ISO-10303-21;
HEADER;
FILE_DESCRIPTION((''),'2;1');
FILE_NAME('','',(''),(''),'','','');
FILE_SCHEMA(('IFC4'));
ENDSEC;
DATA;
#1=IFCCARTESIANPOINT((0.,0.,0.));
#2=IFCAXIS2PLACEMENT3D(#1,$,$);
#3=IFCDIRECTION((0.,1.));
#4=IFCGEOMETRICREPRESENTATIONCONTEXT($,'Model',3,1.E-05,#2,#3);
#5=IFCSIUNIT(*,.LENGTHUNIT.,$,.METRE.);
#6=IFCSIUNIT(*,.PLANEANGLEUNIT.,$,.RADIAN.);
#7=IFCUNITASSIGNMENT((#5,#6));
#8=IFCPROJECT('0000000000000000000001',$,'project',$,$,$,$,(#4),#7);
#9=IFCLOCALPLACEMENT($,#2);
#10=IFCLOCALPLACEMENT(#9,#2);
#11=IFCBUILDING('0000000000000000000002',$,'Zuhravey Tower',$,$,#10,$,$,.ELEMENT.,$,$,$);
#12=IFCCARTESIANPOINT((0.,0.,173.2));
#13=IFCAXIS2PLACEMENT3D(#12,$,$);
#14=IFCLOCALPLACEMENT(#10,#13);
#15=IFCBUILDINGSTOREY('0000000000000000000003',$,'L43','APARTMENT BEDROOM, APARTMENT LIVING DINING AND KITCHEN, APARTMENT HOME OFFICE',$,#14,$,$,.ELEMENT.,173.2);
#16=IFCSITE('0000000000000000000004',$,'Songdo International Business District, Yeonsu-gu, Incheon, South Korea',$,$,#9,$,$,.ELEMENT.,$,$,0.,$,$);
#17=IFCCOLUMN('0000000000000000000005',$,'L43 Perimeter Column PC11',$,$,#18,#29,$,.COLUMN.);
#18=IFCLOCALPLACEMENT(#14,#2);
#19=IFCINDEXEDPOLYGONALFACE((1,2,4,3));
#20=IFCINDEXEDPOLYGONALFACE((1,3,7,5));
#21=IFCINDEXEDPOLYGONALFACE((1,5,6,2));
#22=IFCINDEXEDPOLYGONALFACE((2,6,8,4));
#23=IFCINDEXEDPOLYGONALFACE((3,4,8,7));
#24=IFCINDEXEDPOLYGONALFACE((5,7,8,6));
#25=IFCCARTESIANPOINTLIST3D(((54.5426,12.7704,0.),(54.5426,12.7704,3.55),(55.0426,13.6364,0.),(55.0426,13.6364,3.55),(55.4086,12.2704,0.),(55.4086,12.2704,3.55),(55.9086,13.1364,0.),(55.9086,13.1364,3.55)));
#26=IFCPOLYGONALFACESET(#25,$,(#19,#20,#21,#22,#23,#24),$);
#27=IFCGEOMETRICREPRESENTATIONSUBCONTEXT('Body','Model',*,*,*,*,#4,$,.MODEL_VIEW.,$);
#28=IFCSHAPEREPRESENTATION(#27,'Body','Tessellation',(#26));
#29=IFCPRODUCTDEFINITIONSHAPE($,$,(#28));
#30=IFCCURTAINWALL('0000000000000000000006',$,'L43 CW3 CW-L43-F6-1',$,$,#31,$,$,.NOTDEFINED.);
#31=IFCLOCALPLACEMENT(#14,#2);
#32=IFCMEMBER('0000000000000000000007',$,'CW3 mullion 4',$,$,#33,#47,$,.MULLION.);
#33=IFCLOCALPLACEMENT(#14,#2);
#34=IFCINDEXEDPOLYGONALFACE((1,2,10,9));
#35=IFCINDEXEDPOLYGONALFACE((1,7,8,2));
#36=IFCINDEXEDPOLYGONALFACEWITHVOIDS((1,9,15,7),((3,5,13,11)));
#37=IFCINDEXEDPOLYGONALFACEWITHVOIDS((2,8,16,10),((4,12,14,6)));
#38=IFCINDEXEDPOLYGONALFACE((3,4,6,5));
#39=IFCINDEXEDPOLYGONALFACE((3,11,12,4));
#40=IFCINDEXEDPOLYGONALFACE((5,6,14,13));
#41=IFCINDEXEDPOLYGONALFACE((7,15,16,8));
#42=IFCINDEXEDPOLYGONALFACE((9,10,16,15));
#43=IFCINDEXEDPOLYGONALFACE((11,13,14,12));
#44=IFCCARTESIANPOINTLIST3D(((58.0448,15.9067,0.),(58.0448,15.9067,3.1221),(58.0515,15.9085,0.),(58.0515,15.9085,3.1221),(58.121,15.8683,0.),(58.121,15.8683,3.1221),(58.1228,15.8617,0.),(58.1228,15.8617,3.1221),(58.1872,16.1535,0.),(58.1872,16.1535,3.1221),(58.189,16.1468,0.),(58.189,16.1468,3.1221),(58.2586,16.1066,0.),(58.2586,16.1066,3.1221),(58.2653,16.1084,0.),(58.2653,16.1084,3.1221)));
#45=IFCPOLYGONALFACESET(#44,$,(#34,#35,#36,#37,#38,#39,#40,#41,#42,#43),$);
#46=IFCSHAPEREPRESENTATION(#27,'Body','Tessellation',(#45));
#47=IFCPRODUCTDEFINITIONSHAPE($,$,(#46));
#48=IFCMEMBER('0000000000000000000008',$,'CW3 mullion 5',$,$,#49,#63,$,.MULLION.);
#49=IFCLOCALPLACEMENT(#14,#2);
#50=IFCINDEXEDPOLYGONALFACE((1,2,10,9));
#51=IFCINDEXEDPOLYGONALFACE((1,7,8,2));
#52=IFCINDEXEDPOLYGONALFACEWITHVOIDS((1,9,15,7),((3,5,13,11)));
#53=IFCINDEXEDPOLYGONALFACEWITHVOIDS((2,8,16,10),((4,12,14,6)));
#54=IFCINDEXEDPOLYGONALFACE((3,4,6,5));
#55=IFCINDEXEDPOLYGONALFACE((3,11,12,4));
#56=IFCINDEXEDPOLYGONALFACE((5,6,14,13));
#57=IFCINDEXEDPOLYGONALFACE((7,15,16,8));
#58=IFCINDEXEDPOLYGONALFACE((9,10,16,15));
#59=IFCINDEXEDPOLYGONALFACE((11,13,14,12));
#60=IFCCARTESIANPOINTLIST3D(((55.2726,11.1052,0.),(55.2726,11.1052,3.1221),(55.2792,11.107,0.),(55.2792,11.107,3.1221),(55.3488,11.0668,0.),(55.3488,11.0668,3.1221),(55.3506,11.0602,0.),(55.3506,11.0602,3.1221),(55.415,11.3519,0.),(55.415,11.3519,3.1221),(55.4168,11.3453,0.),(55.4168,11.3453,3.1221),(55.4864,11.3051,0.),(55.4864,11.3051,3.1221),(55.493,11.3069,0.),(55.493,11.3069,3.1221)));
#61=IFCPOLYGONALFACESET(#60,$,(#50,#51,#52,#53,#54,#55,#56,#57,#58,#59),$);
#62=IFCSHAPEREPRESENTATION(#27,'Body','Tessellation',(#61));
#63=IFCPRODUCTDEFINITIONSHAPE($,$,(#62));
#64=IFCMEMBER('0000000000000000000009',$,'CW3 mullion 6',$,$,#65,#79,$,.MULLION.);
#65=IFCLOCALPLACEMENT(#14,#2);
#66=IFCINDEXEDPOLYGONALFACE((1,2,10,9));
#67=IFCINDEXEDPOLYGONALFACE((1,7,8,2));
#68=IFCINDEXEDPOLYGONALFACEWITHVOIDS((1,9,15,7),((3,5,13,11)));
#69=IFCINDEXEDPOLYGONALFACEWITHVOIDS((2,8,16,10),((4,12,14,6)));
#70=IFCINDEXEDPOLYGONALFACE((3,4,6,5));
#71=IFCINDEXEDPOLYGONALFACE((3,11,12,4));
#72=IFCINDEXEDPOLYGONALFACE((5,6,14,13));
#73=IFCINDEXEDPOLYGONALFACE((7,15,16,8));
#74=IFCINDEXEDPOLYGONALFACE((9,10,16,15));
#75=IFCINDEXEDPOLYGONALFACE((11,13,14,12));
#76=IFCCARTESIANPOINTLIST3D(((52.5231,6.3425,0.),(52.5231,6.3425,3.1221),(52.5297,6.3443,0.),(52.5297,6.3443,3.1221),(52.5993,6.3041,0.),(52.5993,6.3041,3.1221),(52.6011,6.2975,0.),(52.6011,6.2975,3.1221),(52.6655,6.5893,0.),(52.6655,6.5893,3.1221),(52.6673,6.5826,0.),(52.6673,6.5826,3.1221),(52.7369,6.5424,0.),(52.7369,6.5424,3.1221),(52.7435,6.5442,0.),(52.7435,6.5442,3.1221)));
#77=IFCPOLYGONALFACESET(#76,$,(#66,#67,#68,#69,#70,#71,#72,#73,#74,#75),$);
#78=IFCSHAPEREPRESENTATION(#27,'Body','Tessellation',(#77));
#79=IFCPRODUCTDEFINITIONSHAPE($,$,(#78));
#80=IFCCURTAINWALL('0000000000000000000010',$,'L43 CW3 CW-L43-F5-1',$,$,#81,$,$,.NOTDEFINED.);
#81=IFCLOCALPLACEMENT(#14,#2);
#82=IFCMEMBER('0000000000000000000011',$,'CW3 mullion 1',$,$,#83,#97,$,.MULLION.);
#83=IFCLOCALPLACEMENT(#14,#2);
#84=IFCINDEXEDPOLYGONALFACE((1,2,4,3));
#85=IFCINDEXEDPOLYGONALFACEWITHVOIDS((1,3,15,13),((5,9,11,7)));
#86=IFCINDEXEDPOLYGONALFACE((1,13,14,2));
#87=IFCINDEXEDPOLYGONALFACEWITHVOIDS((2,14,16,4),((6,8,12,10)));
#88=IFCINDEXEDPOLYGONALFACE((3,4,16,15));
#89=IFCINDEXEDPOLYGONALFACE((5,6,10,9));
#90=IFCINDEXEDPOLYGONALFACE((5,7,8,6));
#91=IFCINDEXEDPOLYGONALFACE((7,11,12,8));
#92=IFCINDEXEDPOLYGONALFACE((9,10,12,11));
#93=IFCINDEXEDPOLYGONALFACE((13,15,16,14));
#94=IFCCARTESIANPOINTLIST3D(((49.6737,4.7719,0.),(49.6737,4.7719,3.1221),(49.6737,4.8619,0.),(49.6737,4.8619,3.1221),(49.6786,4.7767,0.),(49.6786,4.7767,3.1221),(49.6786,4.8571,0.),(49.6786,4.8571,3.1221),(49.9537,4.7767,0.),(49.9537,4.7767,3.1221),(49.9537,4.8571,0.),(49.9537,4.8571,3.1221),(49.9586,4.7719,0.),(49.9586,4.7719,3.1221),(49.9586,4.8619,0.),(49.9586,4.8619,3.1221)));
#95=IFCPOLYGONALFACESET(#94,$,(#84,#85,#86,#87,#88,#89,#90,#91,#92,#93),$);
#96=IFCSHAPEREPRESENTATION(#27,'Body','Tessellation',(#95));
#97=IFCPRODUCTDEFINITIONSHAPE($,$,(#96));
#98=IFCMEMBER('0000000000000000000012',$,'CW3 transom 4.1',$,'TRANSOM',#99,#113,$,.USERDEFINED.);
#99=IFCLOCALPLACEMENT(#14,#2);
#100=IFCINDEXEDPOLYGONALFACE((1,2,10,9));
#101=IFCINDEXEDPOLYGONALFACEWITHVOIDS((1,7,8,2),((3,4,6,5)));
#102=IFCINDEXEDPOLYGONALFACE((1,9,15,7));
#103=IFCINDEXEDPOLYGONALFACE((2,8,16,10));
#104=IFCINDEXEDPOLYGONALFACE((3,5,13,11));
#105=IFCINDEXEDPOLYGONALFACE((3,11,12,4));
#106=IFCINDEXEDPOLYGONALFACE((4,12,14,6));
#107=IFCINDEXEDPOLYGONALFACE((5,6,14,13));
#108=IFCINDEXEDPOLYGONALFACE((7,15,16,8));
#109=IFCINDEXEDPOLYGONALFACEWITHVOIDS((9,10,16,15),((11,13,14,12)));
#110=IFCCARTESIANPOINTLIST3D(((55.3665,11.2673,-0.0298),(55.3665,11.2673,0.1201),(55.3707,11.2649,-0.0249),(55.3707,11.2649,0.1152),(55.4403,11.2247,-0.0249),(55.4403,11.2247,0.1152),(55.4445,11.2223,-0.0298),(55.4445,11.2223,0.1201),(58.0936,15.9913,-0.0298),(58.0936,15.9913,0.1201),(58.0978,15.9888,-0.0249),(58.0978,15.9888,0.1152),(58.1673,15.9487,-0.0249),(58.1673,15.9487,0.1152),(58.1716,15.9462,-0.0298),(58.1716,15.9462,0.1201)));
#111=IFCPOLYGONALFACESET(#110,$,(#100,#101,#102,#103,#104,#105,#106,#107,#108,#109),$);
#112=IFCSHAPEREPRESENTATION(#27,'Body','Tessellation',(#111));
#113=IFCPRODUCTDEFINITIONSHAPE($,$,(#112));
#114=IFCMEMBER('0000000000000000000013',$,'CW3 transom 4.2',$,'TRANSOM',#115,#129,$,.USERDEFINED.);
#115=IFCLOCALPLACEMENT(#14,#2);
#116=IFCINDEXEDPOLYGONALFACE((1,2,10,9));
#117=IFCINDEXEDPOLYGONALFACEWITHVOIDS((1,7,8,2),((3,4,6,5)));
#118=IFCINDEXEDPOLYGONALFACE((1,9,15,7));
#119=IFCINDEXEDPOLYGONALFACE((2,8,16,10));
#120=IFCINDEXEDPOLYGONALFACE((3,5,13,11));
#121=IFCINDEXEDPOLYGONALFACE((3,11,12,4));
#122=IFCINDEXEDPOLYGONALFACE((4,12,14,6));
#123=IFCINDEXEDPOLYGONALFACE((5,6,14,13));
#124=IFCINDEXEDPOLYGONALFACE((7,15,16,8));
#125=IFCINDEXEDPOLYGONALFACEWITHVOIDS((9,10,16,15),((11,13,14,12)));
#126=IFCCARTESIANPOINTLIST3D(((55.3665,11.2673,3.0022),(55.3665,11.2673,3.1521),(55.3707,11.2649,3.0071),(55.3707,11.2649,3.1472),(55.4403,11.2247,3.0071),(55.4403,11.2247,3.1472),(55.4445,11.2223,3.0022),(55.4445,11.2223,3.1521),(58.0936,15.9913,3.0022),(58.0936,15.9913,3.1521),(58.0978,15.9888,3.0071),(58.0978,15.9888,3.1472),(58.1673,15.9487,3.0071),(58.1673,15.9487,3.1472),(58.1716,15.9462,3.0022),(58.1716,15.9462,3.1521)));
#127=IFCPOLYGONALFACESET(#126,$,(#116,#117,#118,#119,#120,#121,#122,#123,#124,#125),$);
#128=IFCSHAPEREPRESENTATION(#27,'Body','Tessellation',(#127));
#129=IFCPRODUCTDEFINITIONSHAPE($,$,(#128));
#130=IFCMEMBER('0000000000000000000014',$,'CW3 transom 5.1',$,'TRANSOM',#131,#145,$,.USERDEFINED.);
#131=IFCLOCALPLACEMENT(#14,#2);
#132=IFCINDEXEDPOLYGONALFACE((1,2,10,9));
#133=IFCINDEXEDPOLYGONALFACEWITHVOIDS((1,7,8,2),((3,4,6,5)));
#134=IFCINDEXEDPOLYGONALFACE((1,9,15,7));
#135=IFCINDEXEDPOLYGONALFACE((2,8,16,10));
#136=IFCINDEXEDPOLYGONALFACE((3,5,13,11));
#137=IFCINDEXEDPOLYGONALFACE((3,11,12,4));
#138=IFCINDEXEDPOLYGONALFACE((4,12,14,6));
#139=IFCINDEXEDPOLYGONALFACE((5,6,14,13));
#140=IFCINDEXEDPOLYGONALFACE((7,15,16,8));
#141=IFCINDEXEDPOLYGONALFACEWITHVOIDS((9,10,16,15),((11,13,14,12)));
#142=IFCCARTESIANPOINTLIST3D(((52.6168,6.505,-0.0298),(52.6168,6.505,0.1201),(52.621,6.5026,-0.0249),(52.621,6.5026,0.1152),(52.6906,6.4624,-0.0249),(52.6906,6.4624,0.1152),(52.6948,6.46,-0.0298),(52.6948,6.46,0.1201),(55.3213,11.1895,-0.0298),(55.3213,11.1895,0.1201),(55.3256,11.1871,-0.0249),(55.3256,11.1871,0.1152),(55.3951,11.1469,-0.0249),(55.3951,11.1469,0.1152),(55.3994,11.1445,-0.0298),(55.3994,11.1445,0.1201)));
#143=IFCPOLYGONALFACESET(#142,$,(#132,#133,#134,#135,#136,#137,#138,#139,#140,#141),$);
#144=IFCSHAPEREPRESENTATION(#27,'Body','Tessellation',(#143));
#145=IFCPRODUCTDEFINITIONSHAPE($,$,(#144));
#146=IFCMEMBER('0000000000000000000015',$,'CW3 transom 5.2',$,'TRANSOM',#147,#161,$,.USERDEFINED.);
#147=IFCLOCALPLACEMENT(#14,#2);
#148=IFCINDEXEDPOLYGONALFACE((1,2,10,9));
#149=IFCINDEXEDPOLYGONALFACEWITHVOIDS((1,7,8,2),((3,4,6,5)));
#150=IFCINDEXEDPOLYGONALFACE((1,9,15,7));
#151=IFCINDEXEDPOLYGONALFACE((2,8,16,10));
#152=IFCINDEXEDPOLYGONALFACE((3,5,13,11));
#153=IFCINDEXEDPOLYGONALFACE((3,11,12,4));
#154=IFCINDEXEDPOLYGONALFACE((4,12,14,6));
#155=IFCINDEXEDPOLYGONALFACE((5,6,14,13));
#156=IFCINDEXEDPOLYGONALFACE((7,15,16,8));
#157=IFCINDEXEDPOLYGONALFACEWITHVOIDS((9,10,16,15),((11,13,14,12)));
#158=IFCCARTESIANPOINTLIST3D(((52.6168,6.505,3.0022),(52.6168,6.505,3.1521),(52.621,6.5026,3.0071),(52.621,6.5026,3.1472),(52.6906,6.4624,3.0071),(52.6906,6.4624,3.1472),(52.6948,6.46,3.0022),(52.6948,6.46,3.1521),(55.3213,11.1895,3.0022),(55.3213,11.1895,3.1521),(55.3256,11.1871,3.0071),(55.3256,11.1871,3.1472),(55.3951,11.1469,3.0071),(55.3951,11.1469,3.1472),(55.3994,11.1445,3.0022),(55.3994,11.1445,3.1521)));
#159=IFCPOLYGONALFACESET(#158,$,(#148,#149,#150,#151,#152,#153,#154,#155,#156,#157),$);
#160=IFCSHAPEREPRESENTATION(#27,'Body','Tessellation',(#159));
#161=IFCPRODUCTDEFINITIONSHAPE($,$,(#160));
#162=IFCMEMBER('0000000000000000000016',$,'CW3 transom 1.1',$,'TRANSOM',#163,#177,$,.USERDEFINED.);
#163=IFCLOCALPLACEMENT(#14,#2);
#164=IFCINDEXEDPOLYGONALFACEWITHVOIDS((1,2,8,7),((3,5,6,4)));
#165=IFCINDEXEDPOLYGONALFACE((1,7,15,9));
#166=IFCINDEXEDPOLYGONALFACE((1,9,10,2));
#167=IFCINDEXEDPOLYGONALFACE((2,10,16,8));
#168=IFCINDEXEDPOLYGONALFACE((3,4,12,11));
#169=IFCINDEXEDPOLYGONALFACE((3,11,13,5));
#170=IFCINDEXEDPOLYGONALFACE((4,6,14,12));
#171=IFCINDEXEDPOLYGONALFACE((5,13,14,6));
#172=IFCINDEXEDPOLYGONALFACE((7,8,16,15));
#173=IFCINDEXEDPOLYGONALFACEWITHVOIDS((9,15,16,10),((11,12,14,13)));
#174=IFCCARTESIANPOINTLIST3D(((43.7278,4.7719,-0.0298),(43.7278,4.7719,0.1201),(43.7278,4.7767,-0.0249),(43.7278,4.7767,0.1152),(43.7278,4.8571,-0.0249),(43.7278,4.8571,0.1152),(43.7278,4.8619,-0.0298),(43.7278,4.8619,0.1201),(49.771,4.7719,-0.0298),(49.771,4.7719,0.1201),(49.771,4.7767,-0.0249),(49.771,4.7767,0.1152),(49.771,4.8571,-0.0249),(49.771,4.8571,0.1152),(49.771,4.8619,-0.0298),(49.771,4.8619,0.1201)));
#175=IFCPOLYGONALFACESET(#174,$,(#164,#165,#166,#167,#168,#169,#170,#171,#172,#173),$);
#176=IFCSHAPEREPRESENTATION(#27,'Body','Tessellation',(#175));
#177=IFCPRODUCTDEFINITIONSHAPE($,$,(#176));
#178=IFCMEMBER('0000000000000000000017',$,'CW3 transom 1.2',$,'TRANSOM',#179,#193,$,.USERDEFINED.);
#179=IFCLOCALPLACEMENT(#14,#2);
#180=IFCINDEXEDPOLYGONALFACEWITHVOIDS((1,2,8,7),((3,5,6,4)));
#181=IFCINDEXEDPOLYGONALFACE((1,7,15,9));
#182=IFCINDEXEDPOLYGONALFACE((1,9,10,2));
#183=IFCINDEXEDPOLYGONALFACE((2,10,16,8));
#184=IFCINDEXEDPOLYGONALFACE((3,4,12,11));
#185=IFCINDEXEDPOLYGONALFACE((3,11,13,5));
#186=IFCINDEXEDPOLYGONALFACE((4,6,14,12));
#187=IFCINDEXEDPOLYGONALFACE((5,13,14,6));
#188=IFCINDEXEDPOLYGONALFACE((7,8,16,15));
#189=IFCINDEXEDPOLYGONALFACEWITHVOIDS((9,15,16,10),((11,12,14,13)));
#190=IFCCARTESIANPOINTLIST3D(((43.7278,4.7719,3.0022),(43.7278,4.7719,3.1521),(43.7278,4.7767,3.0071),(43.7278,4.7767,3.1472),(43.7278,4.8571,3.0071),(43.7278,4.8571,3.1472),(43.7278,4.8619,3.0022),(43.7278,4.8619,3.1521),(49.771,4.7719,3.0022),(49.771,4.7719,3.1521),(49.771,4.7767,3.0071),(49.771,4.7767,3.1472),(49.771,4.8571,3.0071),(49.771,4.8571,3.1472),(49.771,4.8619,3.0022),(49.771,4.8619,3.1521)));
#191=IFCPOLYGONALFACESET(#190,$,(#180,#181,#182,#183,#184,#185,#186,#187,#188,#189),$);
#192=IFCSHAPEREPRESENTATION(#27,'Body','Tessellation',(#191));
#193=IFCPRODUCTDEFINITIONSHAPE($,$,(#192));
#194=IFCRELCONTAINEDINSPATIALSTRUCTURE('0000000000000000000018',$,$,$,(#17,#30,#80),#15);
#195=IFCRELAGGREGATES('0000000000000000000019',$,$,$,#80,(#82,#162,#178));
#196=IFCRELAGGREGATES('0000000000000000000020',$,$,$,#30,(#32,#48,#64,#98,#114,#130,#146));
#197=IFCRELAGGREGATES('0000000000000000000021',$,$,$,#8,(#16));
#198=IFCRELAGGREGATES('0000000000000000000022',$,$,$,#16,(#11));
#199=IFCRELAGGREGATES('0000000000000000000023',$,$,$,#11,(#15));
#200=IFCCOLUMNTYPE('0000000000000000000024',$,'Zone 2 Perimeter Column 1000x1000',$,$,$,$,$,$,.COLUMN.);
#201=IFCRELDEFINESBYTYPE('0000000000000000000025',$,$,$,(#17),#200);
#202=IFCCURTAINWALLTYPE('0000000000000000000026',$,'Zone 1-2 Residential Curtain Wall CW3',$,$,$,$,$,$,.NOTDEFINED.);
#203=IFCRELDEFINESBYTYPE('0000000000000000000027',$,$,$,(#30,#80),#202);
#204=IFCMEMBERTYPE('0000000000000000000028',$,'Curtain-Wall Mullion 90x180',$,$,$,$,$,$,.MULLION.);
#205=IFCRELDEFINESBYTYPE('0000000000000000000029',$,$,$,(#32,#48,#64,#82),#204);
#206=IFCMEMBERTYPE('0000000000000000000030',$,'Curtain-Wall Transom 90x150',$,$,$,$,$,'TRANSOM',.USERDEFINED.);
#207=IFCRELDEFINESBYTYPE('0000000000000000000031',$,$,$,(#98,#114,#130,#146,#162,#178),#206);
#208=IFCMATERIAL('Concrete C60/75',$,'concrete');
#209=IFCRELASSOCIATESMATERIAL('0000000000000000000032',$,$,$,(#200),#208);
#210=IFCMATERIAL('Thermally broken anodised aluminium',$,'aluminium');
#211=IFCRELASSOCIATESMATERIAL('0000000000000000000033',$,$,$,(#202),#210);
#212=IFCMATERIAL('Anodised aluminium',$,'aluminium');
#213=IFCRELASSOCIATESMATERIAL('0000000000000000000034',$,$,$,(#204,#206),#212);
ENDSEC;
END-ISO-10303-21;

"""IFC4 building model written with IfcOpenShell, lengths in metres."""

from ifc_helpers import new_model, si_unit, direction, frame, origin, origin_2d, place, context, subcontext, project, spatial, rectangle, hollow_rectangle, extrude, material, material_profile, profile_set, type_object, element, aggregate, save


model = new_model("IFC4")

# Units and contexts
model_context = context("Model", 3, precision=1e-05, world=origin(), true_north=direction((0.0, 1.0)))
body_context = subcontext(model_context, "Body", "Model", "MODEL_VIEW")
ifc_project = project(units=[si_unit("LENGTHUNIT", "METRE"), si_unit("PLANEANGLEUNIT", "RADIAN")], contexts=[model_context])

# Site, building, storey
site_placement = place(None, origin())
site = spatial("IfcSite", under=ifc_project, at=site_placement, Name="Songdo International Business District, Yeonsu-gu, Incheon, South Korea", CompositionType="ELEMENT", RefElevation=0.0)
building_placement = place(site_placement, origin())
building = spatial("IfcBuilding", under=site, at=building_placement, Name="Zuhravey Tower", CompositionType="ELEMENT")
storey_placement = place(building_placement, frame((0.0, 0.0, 173.2)))
storey = spatial("IfcBuildingStorey", under=building, at=storey_placement, Name="L43", Description="APARTMENT BEDROOM, APARTMENT LIVING DINING AND KITCHEN, APARTMENT HOME OFFICE", CompositionType="ELEMENT", Elevation=173.2)

# Column
ifc_material_1 = material(Name="Concrete C60/75", Category="concrete")
ifc_material_profile_1 = material_profile(ifc_material_1, rectangle(XDim=1.0, YDim=1.0, at=origin_2d()), Name="RC-1000x1000")
ifc_profile_set_1 = profile_set([ifc_material_profile_1], Name="Concrete C60/75")
column_type = type_object("IfcColumnType", Name="Zone 2 Perimeter Column 1000x1000", PredefinedType="COLUMN", material=ifc_profile_set_1)
column_placement = place(storey_placement, frame((55.2256, 12.9534, 0.0), z_axis=(0.0, 0.0, 1.0), x_axis=(0.5, 0.866025, 0.0)))
element("IfcColumn", 1, at=column_placement, inside=storey, type_object=column_type, Name="L43 Perimeter Column PC11", PredefinedType="COLUMN", context=body_context, shape_type="SweptSolid", body=[
    extrude(rectangle(XDim=1.0, YDim=1.0, at=origin_2d()), origin(), (0.0, 0.0, 1.0), 3.55),
])

# Curtain wall, members
ifc_material_2 = material(Name="Thermally broken anodised aluminium", Category="aluminium")
curtain_wall_type = type_object("IfcCurtainWallType", Name="Zone 1-2 Residential Curtain Wall CW3", PredefinedType="NOTDEFINED", material=ifc_material_2)
curtain_wall_1_placement = place(storey_placement, origin())
curtain_wall_1 = element("IfcCurtainWall", 2, at=curtain_wall_1_placement, inside=storey, type_object=curtain_wall_type, Name="L43 CW3 CW-L43-F6-1", PredefinedType="NOTDEFINED")
ifc_material_3 = material(Name="Anodised aluminium", Category="aluminium")
ifc_material_profile_2 = material_profile(ifc_material_3, hollow_rectangle(XDim=0.0901, YDim=0.2849, WallThickness=0.0049, at=origin_2d()), Name="ALU-RHS-90x285x5")
ifc_profile_set_2 = profile_set([ifc_material_profile_2], Name="Anodised aluminium")
member_type_1 = type_object("IfcMemberType", Name="Curtain-Wall Mullion 90x180", PredefinedType="MULLION", material=ifc_profile_set_2)
member_1_placement = place(storey_placement, frame((58.155, 16.0076, 0.0), z_axis=(0.0, 0.0, 1.0), x_axis=(0.866025, -0.5, 0.0)))
member_1 = element("IfcMember", 3, at=member_1_placement, type_object=member_type_1, Name="CW3 mullion 4", PredefinedType="MULLION", context=body_context, shape_type="SweptSolid", body=[
    extrude(hollow_rectangle(XDim=0.0901, YDim=0.2849, WallThickness=0.0049, at=origin_2d()), origin(), (0.0, 0.0, 1.0), 3.1221),
])
member_2_placement = place(storey_placement, frame((55.3828, 11.2061, 0.0), z_axis=(0.0, 0.0, 1.0), x_axis=(0.866025, -0.5, 0.0)))
member_2 = element("IfcMember", 4, at=member_2_placement, type_object=member_type_1, Name="CW3 mullion 5", PredefinedType="MULLION", context=body_context, shape_type="SweptSolid", body=[
    extrude(hollow_rectangle(XDim=0.0901, YDim=0.2849, WallThickness=0.0049, at=origin_2d()), origin(), (0.0, 0.0, 1.0), 3.1221),
])
member_3_placement = place(storey_placement, frame((52.6333, 6.4434, 0.0), z_axis=(0.0, 0.0, 1.0), x_axis=(0.866025, -0.5, 0.0)))
member_3 = element("IfcMember", 5, at=member_3_placement, type_object=member_type_1, Name="CW3 mullion 6", PredefinedType="MULLION", context=body_context, shape_type="SweptSolid", body=[
    extrude(hollow_rectangle(XDim=0.0901, YDim=0.2849, WallThickness=0.0049, at=origin_2d()), origin(), (0.0, 0.0, 1.0), 3.1221),
])

# Curtain wall, member
curtain_wall_2_placement = place(storey_placement, origin())
curtain_wall_2 = element("IfcCurtainWall", 6, at=curtain_wall_2_placement, inside=storey, type_object=curtain_wall_type, Name="L43 CW3 CW-L43-F5-1", PredefinedType="NOTDEFINED")
member_4_placement = place(storey_placement, frame((49.8162, 4.8169, 0.0), z_axis=(0.0, 0.0, 1.0), x_axis=(0.0, -1.0, 0.0)))
member_4 = element("IfcMember", 7, at=member_4_placement, type_object=member_type_1, Name="CW3 mullion 1", PredefinedType="MULLION", context=body_context, shape_type="SweptSolid", body=[
    extrude(hollow_rectangle(XDim=0.0901, YDim=0.2849, WallThickness=0.0049, at=origin_2d()), origin(), (0.0, 0.0, 1.0), 3.1221),
])

# Members
ifc_material_profile_3 = material_profile(ifc_material_3, hollow_rectangle(XDim=0.0901, YDim=0.1499, WallThickness=0.0049, at=origin_2d()), Name="ALU-RHS-90x150x5")
ifc_profile_set_3 = profile_set([ifc_material_profile_3], Name="Anodised aluminium")
member_type_2 = type_object("IfcMemberType", Name="Curtain-Wall Transom 90x150", ElementType="TRANSOM", PredefinedType="USERDEFINED", material=ifc_profile_set_3)
member_5_placement = place(storey_placement, frame((58.1326, 15.9688, 0.0452), z_axis=(-0.499961, -0.866048, 0.0), x_axis=(0.866048, -0.499961, 0.0)))
member_5 = element("IfcMember", 8, at=member_5_placement, type_object=member_type_2, Name="CW3 transom 4.1", ObjectType="TRANSOM", PredefinedType="USERDEFINED", context=body_context, shape_type="SweptSolid", body=[
    extrude(hollow_rectangle(XDim=0.0901, YDim=0.1499, WallThickness=0.0049, at=origin_2d()), origin(), (0.0, 0.0, 1.0), 5.4546),
])
member_6_placement = place(storey_placement, frame((58.1326, 15.9688, 3.0771), z_axis=(-0.499961, -0.866048, 0.0), x_axis=(0.866048, -0.499961, 0.0)))
member_6 = element("IfcMember", 9, at=member_6_placement, type_object=member_type_2, Name="CW3 transom 4.2", ObjectType="TRANSOM", PredefinedType="USERDEFINED", context=body_context, shape_type="SweptSolid", body=[
    extrude(hollow_rectangle(XDim=0.0901, YDim=0.1499, WallThickness=0.0049, at=origin_2d()), origin(), (0.0, 0.0, 1.0), 5.4546),
])
member_7_placement = place(storey_placement, frame((55.3604, 11.167, 0.0452), z_axis=(-0.499993, -0.866029, 0.0), x_axis=(0.866029, -0.499993, 0.0)))
member_7 = element("IfcMember", 10, at=member_7_placement, type_object=member_type_2, Name="CW3 transom 5.1", ObjectType="TRANSOM", PredefinedType="USERDEFINED", context=body_context, shape_type="SweptSolid", body=[
    extrude(hollow_rectangle(XDim=0.0901, YDim=0.1499, WallThickness=0.0049, at=origin_2d()), origin(), (0.0, 0.0, 1.0), 5.4092),
])
member_8_placement = place(storey_placement, frame((55.3604, 11.167, 3.0771), z_axis=(-0.499993, -0.866029, 0.0), x_axis=(0.866029, -0.499993, 0.0)))
member_8 = element("IfcMember", 11, at=member_8_placement, type_object=member_type_2, Name="CW3 transom 5.2", ObjectType="TRANSOM", PredefinedType="USERDEFINED", context=body_context, shape_type="SweptSolid", body=[
    extrude(hollow_rectangle(XDim=0.0901, YDim=0.1499, WallThickness=0.0049, at=origin_2d()), origin(), (0.0, 0.0, 1.0), 5.4092),
])
member_9_placement = place(storey_placement, frame((49.771, 4.8169, 0.0452), z_axis=(-1.0, 0.0, 0.0), x_axis=(0.0, -1.0, 0.0)))
member_9 = element("IfcMember", 12, at=member_9_placement, type_object=member_type_2, Name="CW3 transom 1.1", ObjectType="TRANSOM", PredefinedType="USERDEFINED", context=body_context, shape_type="SweptSolid", body=[
    extrude(hollow_rectangle(XDim=0.0901, YDim=0.1499, WallThickness=0.0049, at=origin_2d()), origin(), (0.0, 0.0, 1.0), 6.0432),
])
member_10_placement = place(storey_placement, frame((49.771, 4.8169, 3.0771), z_axis=(-1.0, 0.0, 0.0), x_axis=(0.0, -1.0, 0.0)))
member_10 = element("IfcMember", 13, at=member_10_placement, type_object=member_type_2, Name="CW3 transom 1.2", ObjectType="TRANSOM", PredefinedType="USERDEFINED", context=body_context, shape_type="SweptSolid", body=[
    extrude(hollow_rectangle(XDim=0.0901, YDim=0.1499, WallThickness=0.0049, at=origin_2d()), origin(), (0.0, 0.0, 1.0), 6.0432),
])
aggregate(curtain_wall_2, [member_4, member_9, member_10])

aggregate(curtain_wall_1, [member_1, member_2, member_3, member_5, member_6, member_7, member_8])

save(model, "model.ifc")
